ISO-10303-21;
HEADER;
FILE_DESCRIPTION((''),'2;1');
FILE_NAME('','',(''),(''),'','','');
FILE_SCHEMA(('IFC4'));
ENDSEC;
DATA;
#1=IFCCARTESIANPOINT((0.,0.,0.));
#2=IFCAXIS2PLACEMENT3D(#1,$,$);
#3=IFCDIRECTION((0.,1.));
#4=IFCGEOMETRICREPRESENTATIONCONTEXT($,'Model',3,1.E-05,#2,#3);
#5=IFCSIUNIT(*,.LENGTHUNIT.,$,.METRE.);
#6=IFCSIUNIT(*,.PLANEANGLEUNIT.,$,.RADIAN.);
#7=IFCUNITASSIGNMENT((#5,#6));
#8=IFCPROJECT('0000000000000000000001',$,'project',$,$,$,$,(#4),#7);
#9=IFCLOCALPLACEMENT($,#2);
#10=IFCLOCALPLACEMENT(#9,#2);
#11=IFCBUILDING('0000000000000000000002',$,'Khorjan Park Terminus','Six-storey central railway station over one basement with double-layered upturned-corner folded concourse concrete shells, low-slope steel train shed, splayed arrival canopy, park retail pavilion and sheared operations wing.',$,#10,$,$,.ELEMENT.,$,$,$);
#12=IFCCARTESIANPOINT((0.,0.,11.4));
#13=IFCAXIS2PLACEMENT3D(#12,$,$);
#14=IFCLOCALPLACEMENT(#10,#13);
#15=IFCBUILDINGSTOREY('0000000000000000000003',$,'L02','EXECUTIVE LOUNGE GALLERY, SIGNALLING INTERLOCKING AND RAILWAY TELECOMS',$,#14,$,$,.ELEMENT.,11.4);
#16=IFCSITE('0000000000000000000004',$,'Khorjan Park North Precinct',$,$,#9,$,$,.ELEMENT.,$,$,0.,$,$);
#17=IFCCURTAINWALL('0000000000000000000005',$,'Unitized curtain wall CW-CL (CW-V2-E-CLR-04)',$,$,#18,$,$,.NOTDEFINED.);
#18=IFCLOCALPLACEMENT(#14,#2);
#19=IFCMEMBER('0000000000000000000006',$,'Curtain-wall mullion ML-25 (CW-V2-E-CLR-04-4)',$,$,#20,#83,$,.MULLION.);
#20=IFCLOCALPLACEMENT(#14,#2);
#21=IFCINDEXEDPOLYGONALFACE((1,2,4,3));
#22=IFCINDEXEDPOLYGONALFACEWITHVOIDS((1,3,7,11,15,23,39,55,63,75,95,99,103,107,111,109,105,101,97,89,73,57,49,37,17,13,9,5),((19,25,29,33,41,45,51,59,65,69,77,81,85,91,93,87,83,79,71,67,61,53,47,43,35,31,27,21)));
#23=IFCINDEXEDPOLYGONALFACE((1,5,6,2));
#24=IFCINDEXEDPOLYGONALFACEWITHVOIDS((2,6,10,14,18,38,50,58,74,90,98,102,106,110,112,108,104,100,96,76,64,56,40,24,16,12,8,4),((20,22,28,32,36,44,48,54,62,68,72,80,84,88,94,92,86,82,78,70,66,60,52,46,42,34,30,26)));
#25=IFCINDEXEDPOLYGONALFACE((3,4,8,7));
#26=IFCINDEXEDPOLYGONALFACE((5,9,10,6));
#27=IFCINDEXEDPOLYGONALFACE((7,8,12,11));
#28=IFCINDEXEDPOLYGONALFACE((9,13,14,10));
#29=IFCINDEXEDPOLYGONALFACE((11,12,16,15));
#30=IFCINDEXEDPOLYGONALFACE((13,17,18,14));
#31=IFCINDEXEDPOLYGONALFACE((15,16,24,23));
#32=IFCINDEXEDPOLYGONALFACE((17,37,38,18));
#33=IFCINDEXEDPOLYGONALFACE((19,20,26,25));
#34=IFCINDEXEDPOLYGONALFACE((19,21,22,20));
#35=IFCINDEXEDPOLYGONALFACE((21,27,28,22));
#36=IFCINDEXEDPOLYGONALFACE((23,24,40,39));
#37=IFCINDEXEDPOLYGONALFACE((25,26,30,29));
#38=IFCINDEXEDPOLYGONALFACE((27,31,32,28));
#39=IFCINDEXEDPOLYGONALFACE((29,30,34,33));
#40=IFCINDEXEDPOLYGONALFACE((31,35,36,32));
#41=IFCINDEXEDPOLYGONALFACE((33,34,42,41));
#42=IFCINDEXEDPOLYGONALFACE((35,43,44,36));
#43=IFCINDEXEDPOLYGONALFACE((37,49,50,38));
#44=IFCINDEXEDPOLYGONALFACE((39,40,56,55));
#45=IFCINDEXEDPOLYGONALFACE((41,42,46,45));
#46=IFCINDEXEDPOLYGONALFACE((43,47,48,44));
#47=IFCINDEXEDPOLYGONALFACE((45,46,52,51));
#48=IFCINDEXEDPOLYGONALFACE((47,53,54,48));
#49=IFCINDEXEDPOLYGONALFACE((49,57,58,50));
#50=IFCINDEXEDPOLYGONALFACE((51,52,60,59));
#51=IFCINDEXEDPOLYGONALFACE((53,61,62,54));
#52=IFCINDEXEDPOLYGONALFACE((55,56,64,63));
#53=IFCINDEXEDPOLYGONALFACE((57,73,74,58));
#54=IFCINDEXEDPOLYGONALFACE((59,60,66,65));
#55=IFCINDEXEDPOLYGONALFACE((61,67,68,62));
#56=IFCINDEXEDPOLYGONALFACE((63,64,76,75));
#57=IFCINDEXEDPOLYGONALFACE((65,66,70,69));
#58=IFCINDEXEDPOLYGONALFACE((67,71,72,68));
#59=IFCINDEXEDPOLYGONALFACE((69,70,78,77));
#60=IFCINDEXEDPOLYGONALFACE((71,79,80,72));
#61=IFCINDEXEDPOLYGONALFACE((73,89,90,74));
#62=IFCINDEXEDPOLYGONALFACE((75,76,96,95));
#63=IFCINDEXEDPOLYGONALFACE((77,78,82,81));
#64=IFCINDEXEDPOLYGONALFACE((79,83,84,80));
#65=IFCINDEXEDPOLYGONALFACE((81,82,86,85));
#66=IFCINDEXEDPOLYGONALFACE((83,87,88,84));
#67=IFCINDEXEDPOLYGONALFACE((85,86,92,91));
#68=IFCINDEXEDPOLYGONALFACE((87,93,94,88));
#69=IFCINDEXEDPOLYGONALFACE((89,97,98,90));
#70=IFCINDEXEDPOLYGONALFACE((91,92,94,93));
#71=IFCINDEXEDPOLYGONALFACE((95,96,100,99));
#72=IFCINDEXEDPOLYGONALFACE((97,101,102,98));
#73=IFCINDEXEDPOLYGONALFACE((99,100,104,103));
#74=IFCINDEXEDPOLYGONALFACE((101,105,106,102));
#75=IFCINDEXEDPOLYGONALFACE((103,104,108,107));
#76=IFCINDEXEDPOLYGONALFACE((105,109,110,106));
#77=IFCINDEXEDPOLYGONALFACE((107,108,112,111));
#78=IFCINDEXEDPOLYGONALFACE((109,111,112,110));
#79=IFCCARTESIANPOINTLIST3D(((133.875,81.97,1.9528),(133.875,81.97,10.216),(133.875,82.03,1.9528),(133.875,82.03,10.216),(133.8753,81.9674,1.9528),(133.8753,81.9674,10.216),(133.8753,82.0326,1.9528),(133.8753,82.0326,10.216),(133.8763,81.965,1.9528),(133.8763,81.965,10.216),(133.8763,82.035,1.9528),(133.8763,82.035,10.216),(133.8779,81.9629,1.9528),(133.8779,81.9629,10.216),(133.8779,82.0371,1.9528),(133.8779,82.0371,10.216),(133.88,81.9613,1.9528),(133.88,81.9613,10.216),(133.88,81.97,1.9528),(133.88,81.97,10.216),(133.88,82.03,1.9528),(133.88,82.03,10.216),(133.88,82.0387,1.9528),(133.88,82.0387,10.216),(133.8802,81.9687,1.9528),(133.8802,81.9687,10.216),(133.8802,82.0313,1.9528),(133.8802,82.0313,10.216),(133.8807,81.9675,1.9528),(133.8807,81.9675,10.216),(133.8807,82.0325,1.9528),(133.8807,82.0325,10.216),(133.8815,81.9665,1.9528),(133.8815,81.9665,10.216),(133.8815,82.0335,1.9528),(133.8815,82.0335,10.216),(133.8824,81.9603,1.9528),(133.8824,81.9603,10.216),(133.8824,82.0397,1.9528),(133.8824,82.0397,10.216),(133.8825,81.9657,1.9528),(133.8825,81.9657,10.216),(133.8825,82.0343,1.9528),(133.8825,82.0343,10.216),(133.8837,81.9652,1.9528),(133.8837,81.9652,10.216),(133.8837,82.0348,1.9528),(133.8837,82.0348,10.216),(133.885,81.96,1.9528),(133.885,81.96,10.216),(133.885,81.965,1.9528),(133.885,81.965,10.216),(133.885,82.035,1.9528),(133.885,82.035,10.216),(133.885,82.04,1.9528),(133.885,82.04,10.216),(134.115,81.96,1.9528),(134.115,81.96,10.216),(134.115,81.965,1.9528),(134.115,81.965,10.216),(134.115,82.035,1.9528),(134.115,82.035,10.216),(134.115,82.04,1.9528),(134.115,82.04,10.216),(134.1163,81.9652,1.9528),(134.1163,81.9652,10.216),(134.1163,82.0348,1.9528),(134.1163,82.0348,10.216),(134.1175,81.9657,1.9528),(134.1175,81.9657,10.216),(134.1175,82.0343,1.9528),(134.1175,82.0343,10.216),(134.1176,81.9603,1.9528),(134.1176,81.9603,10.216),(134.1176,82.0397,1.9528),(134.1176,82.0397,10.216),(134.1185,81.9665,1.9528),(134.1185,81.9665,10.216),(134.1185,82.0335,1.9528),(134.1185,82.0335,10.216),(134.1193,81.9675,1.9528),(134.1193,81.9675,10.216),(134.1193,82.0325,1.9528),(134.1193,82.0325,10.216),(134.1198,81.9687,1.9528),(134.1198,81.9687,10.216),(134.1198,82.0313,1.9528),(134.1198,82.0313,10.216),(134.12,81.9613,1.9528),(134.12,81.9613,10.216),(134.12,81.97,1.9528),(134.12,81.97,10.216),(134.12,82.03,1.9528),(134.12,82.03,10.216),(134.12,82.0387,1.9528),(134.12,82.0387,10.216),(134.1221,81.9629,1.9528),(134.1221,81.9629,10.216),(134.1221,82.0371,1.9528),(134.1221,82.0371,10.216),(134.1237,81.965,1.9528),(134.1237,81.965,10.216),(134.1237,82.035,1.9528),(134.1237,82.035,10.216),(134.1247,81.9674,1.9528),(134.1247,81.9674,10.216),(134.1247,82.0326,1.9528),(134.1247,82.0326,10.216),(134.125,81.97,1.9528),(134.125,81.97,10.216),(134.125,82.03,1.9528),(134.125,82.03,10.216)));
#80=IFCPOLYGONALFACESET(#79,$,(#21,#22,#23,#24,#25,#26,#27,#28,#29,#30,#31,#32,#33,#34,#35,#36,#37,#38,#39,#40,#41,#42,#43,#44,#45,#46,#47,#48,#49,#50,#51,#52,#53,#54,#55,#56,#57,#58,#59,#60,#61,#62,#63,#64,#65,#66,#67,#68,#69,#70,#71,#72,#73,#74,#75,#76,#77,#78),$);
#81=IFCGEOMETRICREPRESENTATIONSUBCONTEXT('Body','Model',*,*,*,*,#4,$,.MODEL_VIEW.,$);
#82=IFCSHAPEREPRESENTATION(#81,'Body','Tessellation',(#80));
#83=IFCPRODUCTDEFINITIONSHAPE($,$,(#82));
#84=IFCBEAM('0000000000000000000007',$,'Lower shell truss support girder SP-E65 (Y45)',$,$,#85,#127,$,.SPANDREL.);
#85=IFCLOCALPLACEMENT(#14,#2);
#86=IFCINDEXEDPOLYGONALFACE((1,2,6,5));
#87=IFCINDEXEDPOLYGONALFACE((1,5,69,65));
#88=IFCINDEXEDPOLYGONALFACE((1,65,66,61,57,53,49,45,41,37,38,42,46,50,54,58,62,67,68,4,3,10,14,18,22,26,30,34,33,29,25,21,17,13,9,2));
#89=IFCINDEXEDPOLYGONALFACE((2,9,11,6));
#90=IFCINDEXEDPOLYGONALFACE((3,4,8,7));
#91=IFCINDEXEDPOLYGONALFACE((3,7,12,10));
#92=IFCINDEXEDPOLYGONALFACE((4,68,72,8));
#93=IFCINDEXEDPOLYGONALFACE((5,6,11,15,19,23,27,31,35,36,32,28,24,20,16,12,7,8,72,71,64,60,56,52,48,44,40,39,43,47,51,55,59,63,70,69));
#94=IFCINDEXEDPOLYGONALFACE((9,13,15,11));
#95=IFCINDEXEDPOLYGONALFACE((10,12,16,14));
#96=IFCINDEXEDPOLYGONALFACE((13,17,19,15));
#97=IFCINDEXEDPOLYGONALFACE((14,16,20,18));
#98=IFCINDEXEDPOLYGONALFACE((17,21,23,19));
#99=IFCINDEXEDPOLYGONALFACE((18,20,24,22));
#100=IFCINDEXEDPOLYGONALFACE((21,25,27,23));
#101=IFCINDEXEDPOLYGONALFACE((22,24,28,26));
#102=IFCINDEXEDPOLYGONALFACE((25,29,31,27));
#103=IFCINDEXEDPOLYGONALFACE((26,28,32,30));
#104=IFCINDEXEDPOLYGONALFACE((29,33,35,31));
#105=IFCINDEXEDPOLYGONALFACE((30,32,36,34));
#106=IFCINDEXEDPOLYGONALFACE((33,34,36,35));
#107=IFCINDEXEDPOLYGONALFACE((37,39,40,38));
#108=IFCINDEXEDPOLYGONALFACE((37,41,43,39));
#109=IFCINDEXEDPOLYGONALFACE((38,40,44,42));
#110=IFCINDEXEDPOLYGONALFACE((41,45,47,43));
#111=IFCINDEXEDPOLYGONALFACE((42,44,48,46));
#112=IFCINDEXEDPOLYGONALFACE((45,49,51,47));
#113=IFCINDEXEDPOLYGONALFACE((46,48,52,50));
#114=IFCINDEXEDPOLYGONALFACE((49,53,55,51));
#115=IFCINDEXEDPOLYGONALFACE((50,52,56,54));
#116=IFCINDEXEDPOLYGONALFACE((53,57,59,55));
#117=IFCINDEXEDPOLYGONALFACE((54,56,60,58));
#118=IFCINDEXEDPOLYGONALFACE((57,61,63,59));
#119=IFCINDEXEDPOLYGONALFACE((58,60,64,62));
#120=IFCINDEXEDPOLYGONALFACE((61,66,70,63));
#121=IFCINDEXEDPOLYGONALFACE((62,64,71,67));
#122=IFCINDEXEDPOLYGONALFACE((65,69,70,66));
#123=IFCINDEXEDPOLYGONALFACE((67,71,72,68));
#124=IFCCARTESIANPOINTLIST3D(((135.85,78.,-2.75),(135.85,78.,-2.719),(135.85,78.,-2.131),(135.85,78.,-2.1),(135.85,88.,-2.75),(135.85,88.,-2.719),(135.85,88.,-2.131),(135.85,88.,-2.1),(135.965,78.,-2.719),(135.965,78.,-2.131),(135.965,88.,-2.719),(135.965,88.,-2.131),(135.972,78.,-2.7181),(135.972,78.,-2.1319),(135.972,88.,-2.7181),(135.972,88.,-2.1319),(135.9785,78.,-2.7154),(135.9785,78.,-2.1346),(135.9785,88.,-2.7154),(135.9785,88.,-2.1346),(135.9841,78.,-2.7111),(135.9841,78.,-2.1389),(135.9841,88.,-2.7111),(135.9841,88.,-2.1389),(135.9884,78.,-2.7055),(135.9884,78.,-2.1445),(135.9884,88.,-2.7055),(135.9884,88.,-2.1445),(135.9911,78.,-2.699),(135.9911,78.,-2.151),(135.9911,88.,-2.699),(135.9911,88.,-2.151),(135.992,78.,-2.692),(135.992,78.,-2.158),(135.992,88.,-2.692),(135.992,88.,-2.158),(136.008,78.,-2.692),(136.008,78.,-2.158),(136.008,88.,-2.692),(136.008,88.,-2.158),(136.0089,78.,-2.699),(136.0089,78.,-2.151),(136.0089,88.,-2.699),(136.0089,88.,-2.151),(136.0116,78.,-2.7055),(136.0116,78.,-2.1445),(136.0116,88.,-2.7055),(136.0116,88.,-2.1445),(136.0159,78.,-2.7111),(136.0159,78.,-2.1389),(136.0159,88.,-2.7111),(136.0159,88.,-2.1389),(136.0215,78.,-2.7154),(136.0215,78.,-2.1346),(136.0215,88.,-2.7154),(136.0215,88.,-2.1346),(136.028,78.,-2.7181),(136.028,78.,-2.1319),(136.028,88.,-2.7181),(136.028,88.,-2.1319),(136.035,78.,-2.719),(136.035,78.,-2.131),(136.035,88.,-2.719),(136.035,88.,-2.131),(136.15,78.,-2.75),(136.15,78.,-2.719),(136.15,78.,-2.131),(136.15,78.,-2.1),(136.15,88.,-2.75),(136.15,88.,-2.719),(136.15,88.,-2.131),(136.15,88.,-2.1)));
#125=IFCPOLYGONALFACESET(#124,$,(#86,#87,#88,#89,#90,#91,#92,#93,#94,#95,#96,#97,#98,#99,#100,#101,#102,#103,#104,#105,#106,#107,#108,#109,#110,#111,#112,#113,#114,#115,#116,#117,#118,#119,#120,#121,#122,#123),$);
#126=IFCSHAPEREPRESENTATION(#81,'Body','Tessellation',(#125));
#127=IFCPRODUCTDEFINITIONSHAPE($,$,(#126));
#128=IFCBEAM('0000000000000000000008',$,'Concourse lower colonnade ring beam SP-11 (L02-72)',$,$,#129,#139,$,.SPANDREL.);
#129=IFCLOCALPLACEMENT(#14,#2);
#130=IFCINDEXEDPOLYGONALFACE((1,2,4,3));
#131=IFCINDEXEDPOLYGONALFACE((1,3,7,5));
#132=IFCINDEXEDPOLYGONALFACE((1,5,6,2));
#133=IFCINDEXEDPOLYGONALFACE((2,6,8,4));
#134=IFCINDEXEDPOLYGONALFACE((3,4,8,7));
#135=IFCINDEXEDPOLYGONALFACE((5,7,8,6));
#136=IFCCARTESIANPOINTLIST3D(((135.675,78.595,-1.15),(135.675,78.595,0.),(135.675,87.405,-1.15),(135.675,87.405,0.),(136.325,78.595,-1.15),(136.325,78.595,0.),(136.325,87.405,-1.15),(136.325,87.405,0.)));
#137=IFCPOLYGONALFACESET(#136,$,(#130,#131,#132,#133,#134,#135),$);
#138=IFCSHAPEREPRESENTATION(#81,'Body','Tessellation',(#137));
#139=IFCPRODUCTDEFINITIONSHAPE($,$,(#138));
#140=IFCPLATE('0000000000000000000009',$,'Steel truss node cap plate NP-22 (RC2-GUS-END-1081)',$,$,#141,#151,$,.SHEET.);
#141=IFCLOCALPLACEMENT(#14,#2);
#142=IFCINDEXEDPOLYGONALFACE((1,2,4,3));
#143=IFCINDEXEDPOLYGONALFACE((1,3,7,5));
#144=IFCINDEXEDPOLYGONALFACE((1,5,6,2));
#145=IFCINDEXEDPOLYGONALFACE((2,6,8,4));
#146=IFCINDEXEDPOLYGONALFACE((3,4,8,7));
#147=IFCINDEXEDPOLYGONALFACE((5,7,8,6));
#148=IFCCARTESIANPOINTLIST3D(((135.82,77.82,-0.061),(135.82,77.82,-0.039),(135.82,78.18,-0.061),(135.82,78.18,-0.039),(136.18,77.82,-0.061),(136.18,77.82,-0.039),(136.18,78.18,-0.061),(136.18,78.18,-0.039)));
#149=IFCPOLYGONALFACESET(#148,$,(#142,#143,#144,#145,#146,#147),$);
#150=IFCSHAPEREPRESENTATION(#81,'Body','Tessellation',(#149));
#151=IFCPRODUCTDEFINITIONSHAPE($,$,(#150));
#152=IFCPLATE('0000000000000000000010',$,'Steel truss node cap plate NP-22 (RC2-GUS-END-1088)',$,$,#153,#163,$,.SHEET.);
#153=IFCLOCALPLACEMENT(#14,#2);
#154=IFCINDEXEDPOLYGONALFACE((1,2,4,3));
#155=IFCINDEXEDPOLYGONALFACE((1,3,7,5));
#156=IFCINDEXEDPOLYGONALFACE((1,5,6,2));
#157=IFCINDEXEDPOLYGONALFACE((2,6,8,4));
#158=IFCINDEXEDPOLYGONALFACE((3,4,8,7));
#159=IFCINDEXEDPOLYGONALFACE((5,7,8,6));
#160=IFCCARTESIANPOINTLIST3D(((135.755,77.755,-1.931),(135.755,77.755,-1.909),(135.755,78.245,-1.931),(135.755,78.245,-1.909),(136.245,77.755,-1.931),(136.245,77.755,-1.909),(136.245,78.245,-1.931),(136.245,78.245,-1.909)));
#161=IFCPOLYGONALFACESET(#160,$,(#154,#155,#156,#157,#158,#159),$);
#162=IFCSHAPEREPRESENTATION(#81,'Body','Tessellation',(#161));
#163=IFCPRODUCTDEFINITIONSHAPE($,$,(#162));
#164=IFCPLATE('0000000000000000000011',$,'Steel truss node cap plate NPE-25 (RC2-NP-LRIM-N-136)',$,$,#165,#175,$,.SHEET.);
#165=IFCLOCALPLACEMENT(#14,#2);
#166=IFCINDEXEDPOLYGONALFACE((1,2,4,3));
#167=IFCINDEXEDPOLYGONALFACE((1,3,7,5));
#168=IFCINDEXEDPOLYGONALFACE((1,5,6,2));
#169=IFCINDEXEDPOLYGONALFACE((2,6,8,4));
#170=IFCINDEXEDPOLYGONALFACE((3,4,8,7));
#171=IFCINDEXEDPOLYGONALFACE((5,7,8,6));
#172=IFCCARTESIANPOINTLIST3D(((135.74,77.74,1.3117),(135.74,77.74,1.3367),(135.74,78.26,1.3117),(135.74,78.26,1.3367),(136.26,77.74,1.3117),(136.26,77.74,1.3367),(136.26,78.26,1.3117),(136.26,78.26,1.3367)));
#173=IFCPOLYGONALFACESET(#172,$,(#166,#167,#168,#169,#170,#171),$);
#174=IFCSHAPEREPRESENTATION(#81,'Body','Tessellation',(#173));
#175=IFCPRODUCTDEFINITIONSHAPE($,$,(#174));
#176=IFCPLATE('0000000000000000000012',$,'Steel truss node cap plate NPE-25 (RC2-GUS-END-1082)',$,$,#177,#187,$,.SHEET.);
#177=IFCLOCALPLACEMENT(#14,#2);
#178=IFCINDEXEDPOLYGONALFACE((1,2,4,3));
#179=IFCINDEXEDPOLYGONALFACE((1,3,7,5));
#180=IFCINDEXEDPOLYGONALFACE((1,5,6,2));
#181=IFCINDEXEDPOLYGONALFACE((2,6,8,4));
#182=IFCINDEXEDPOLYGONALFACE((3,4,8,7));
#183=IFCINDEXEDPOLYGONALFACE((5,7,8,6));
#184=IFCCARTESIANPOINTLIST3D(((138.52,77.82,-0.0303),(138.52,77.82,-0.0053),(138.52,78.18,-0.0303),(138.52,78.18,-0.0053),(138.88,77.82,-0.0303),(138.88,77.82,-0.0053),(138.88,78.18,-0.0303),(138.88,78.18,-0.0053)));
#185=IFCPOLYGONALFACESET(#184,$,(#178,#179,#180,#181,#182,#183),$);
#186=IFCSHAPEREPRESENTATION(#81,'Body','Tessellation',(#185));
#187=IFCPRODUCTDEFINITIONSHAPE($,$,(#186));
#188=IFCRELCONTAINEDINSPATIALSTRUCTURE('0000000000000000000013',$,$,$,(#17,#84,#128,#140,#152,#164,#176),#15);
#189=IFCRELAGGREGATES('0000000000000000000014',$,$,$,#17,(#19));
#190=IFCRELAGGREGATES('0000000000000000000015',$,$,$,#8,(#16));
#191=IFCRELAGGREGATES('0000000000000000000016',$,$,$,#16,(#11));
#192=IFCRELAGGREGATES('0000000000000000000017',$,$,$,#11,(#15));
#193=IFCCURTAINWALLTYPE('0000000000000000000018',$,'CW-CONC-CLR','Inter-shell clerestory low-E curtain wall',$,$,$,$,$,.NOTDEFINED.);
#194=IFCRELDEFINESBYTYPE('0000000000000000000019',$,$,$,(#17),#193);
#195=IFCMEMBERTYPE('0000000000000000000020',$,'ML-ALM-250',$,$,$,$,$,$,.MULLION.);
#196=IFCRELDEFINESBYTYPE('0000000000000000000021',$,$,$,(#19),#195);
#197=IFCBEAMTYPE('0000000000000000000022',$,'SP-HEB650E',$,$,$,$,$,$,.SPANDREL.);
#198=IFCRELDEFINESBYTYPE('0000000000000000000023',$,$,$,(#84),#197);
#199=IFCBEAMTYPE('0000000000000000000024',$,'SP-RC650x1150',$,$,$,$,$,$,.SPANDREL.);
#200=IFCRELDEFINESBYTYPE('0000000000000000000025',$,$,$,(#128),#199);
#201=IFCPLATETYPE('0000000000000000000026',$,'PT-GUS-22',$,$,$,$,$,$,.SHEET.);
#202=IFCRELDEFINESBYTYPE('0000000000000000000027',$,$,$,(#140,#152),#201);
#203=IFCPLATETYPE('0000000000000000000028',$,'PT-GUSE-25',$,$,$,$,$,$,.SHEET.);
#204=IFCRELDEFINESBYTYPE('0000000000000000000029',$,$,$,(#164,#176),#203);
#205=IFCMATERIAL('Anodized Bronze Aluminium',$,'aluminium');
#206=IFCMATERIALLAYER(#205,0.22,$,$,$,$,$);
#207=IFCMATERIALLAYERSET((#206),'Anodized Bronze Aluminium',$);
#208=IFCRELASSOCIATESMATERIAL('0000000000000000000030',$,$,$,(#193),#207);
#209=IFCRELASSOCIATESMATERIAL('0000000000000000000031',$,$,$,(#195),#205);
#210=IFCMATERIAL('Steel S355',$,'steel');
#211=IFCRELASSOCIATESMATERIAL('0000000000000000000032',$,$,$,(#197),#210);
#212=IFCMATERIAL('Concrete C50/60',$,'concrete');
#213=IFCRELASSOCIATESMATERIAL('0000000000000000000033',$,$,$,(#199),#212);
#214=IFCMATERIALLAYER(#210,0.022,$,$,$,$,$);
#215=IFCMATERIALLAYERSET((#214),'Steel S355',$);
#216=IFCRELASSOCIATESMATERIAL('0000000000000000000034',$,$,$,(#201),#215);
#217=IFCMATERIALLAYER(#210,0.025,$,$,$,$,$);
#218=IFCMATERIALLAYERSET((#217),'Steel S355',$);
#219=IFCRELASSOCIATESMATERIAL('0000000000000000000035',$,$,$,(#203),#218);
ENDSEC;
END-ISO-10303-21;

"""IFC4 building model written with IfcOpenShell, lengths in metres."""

from ifc_helpers import new_model, si_unit, direction, frame, origin, origin_2d, place, context, subcontext, project, spatial, rectangle, hollow_rectangle, i_section, extrude, material, layer, layer_set, material_profile, profile_set, type_object, element, aggregate, save


model = new_model("IFC4")

# Units and contexts
model_context = context("Model", 3, precision=1e-05, world=origin(), true_north=direction((0.0, 1.0)))
body_context = subcontext(model_context, "Body", "Model", "MODEL_VIEW")
ifc_project = project(units=[si_unit("LENGTHUNIT", "METRE"), si_unit("PLANEANGLEUNIT", "RADIAN")], contexts=[model_context])

# Site, building, storey
site_placement = place(None, origin())
site = spatial("IfcSite", under=ifc_project, at=site_placement, Name="Khorjan Park North Precinct", CompositionType="ELEMENT", RefElevation=0.0)
building_placement = place(site_placement, origin())
building = spatial("IfcBuilding", under=site, at=building_placement, Name="Khorjan Park Terminus", Description="Six-storey central railway station over one basement with double-layered upturned-corner folded concourse concrete shells, low-slope steel train shed, splayed arrival canopy, park retail pavilion and sheared operations wing.", CompositionType="ELEMENT")
storey_placement = place(building_placement, frame((0.0, 0.0, 11.4)))
storey = spatial("IfcBuildingStorey", under=building, at=storey_placement, Name="L02", Description="EXECUTIVE LOUNGE GALLERY, SIGNALLING INTERLOCKING AND RAILWAY TELECOMS", CompositionType="ELEMENT", Elevation=11.4)

# Shared definitions
ifc_material_1 = material(Name="Concrete C50/60", Category="concrete")

# Shared definitions
ifc_material_2 = material(Name="Steel S355", Category="steel")

# Curtain wall, member
ifc_material_3 = material(Name="Anodized Bronze Aluminium", Category="aluminium")
ifc_layer_1 = layer(ifc_material_3, 0.22)
ifc_layer_set_1 = layer_set([ifc_layer_1], Name="Anodized Bronze Aluminium")
curtain_wall_type = type_object("IfcCurtainWallType", Name="CW-CONC-CLR", Description="Inter-shell clerestory low-E curtain wall", PredefinedType="NOTDEFINED", material=ifc_layer_set_1)
curtain_wall_placement = place(storey_placement, origin())
curtain_wall = element("IfcCurtainWall", 1, at=curtain_wall_placement, inside=storey, type_object=curtain_wall_type, Name="Unitized curtain wall CW-CL (CW-V2-E-CLR-04)", PredefinedType="NOTDEFINED")
ifc_material_profile_1 = material_profile(ifc_material_3, hollow_rectangle(XDim=0.08, YDim=0.25, WallThickness=0.005, InnerFilletRadius=0.005, OuterFilletRadius=0.01, at=origin_2d()), Name="ALM 80x250x5")
ifc_profile_set_1 = profile_set([ifc_material_profile_1], Name="Anodized Bronze Aluminium")
member_type_1 = type_object("IfcMemberType", Name="ML-ALM-250", PredefinedType="MULLION", material=ifc_profile_set_1)
member_1_placement = place(storey_placement, frame((134.0, 82.0, 1.9528), z_axis=(0.0, 0.0, 1.0), x_axis=(0.0, 1.0, 0.0)))
member_1 = element("IfcMember", 2, at=member_1_placement, type_object=member_type_1, Name="Curtain-wall mullion ML-25 (CW-V2-E-CLR-04-4)", PredefinedType="MULLION", context=body_context, shape_type="SweptSolid", body=[
    extrude(hollow_rectangle(XDim=0.08, YDim=0.25, WallThickness=0.005, InnerFilletRadius=0.005, OuterFilletRadius=0.01, at=origin_2d()), origin(), (0.0, 0.0, 1.0), 8.2632),
])

# Beams
ifc_material_profile_2 = material_profile(ifc_material_2, i_section(OverallWidth=0.3, OverallDepth=0.65, WebThickness=0.016, FlangeThickness=0.031, FilletRadius=0.027, at=origin_2d()), Name="HEB 650")
ifc_profile_set_2 = profile_set([ifc_material_profile_2], Name="Steel S355")
beam_type_1 = type_object("IfcBeamType", Name="SP-HEB650E", PredefinedType="SPANDREL", material=ifc_profile_set_2)
beam_1_placement = place(storey_placement, frame((136.0, 78.0, -2.425), z_axis=(0.0, 1.0, 0.0), x_axis=(-1.0, 0.0, 0.0)))
element("IfcBeam", 3, at=beam_1_placement, inside=storey, type_object=beam_type_1, Name="Lower shell truss support girder SP-E65 (Y45)", PredefinedType="SPANDREL", context=body_context, shape_type="SweptSolid", body=[
    extrude(i_section(OverallWidth=0.3, OverallDepth=0.65, WebThickness=0.016, FlangeThickness=0.031, FilletRadius=0.027, at=origin_2d()), origin(), (0.0, 0.0, 1.0), 10.0),
])
ifc_material_profile_3 = material_profile(ifc_material_1, rectangle(XDim=0.65, YDim=1.15, at=origin_2d()), Name="RC 650x1150")
ifc_profile_set_3 = profile_set([ifc_material_profile_3], Name="Concrete C50/60")
beam_type_2 = type_object("IfcBeamType", Name="SP-RC650x1150", PredefinedType="SPANDREL", material=ifc_profile_set_3)
beam_2_placement = place(storey_placement, frame((136.0, 78.595, -0.575), z_axis=(0.0, 1.0, 0.0), x_axis=(-1.0, 0.0, 0.0)))
element("IfcBeam", 4, at=beam_2_placement, inside=storey, type_object=beam_type_2, Name="Concourse lower colonnade ring beam SP-11 (L02-72)", PredefinedType="SPANDREL", context=body_context, shape_type="SweptSolid", body=[
    extrude(rectangle(XDim=0.65, YDim=1.15, at=origin_2d()), origin(), (0.0, 0.0, 1.0), 8.81),
])

# Plates
ifc_layer_2 = layer(ifc_material_2, 0.022)
ifc_layer_set_2 = layer_set([ifc_layer_2], Name="Steel S355")
plate_type_1 = type_object("IfcPlateType", Name="PT-GUS-22", PredefinedType="SHEET", material=ifc_layer_set_2)
plate_1_placement = place(storey_placement, frame((136.0, 78.0, -0.061), z_axis=(0.0, 0.0, 1.0), x_axis=(1.0, 0.0, 0.0)))
element("IfcPlate", 5, at=plate_1_placement, inside=storey, type_object=plate_type_1, Name="Steel truss node cap plate NP-22 (RC2-GUS-END-1081)", PredefinedType="SHEET", context=body_context, shape_type="SweptSolid", body=[
    extrude(rectangle(XDim=0.36, YDim=0.36, at=origin_2d()), origin(), (0.0, 0.0, 1.0), 0.022),
])
plate_2_placement = place(storey_placement, frame((136.0, 78.0, -1.931), z_axis=(0.0, 0.0, 1.0), x_axis=(1.0, 0.0, 0.0)))
element("IfcPlate", 6, at=plate_2_placement, inside=storey, type_object=plate_type_1, Name="Steel truss node cap plate NP-22 (RC2-GUS-END-1088)", PredefinedType="SHEET", context=body_context, shape_type="SweptSolid", body=[
    extrude(rectangle(XDim=0.49, YDim=0.49, at=origin_2d()), origin(), (0.0, 0.0, 1.0), 0.022),
])
ifc_layer_3 = layer(ifc_material_2, 0.025)
ifc_layer_set_3 = layer_set([ifc_layer_3], Name="Steel S355")
plate_type_2 = type_object("IfcPlateType", Name="PT-GUSE-25", PredefinedType="SHEET", material=ifc_layer_set_3)
plate_3_placement = place(storey_placement, frame((136.0, 78.0, 1.3117), z_axis=(0.0, 0.0, 1.0), x_axis=(1.0, 0.0, 0.0)))
element("IfcPlate", 7, at=plate_3_placement, inside=storey, type_object=plate_type_2, Name="Steel truss node cap plate NPE-25 (RC2-NP-LRIM-N-136)", PredefinedType="SHEET", context=body_context, shape_type="SweptSolid", body=[
    extrude(rectangle(XDim=0.52, YDim=0.52, at=origin_2d()), origin(), (0.0, 0.0, 1.0), 0.025),
])
plate_4_placement = place(storey_placement, frame((138.7, 78.0, -0.0303), z_axis=(0.0, 0.0, 1.0), x_axis=(1.0, 0.0, 0.0)))
element("IfcPlate", 8, at=plate_4_placement, inside=storey, type_object=plate_type_2, Name="Steel truss node cap plate NPE-25 (RC2-GUS-END-1082)", PredefinedType="SHEET", context=body_context, shape_type="SweptSolid", body=[
    extrude(rectangle(XDim=0.36, YDim=0.36, at=origin_2d()), origin(), (0.0, 0.0, 1.0), 0.025),
])

aggregate(curtain_wall, [member_1])

save(model, "model.ifc")
